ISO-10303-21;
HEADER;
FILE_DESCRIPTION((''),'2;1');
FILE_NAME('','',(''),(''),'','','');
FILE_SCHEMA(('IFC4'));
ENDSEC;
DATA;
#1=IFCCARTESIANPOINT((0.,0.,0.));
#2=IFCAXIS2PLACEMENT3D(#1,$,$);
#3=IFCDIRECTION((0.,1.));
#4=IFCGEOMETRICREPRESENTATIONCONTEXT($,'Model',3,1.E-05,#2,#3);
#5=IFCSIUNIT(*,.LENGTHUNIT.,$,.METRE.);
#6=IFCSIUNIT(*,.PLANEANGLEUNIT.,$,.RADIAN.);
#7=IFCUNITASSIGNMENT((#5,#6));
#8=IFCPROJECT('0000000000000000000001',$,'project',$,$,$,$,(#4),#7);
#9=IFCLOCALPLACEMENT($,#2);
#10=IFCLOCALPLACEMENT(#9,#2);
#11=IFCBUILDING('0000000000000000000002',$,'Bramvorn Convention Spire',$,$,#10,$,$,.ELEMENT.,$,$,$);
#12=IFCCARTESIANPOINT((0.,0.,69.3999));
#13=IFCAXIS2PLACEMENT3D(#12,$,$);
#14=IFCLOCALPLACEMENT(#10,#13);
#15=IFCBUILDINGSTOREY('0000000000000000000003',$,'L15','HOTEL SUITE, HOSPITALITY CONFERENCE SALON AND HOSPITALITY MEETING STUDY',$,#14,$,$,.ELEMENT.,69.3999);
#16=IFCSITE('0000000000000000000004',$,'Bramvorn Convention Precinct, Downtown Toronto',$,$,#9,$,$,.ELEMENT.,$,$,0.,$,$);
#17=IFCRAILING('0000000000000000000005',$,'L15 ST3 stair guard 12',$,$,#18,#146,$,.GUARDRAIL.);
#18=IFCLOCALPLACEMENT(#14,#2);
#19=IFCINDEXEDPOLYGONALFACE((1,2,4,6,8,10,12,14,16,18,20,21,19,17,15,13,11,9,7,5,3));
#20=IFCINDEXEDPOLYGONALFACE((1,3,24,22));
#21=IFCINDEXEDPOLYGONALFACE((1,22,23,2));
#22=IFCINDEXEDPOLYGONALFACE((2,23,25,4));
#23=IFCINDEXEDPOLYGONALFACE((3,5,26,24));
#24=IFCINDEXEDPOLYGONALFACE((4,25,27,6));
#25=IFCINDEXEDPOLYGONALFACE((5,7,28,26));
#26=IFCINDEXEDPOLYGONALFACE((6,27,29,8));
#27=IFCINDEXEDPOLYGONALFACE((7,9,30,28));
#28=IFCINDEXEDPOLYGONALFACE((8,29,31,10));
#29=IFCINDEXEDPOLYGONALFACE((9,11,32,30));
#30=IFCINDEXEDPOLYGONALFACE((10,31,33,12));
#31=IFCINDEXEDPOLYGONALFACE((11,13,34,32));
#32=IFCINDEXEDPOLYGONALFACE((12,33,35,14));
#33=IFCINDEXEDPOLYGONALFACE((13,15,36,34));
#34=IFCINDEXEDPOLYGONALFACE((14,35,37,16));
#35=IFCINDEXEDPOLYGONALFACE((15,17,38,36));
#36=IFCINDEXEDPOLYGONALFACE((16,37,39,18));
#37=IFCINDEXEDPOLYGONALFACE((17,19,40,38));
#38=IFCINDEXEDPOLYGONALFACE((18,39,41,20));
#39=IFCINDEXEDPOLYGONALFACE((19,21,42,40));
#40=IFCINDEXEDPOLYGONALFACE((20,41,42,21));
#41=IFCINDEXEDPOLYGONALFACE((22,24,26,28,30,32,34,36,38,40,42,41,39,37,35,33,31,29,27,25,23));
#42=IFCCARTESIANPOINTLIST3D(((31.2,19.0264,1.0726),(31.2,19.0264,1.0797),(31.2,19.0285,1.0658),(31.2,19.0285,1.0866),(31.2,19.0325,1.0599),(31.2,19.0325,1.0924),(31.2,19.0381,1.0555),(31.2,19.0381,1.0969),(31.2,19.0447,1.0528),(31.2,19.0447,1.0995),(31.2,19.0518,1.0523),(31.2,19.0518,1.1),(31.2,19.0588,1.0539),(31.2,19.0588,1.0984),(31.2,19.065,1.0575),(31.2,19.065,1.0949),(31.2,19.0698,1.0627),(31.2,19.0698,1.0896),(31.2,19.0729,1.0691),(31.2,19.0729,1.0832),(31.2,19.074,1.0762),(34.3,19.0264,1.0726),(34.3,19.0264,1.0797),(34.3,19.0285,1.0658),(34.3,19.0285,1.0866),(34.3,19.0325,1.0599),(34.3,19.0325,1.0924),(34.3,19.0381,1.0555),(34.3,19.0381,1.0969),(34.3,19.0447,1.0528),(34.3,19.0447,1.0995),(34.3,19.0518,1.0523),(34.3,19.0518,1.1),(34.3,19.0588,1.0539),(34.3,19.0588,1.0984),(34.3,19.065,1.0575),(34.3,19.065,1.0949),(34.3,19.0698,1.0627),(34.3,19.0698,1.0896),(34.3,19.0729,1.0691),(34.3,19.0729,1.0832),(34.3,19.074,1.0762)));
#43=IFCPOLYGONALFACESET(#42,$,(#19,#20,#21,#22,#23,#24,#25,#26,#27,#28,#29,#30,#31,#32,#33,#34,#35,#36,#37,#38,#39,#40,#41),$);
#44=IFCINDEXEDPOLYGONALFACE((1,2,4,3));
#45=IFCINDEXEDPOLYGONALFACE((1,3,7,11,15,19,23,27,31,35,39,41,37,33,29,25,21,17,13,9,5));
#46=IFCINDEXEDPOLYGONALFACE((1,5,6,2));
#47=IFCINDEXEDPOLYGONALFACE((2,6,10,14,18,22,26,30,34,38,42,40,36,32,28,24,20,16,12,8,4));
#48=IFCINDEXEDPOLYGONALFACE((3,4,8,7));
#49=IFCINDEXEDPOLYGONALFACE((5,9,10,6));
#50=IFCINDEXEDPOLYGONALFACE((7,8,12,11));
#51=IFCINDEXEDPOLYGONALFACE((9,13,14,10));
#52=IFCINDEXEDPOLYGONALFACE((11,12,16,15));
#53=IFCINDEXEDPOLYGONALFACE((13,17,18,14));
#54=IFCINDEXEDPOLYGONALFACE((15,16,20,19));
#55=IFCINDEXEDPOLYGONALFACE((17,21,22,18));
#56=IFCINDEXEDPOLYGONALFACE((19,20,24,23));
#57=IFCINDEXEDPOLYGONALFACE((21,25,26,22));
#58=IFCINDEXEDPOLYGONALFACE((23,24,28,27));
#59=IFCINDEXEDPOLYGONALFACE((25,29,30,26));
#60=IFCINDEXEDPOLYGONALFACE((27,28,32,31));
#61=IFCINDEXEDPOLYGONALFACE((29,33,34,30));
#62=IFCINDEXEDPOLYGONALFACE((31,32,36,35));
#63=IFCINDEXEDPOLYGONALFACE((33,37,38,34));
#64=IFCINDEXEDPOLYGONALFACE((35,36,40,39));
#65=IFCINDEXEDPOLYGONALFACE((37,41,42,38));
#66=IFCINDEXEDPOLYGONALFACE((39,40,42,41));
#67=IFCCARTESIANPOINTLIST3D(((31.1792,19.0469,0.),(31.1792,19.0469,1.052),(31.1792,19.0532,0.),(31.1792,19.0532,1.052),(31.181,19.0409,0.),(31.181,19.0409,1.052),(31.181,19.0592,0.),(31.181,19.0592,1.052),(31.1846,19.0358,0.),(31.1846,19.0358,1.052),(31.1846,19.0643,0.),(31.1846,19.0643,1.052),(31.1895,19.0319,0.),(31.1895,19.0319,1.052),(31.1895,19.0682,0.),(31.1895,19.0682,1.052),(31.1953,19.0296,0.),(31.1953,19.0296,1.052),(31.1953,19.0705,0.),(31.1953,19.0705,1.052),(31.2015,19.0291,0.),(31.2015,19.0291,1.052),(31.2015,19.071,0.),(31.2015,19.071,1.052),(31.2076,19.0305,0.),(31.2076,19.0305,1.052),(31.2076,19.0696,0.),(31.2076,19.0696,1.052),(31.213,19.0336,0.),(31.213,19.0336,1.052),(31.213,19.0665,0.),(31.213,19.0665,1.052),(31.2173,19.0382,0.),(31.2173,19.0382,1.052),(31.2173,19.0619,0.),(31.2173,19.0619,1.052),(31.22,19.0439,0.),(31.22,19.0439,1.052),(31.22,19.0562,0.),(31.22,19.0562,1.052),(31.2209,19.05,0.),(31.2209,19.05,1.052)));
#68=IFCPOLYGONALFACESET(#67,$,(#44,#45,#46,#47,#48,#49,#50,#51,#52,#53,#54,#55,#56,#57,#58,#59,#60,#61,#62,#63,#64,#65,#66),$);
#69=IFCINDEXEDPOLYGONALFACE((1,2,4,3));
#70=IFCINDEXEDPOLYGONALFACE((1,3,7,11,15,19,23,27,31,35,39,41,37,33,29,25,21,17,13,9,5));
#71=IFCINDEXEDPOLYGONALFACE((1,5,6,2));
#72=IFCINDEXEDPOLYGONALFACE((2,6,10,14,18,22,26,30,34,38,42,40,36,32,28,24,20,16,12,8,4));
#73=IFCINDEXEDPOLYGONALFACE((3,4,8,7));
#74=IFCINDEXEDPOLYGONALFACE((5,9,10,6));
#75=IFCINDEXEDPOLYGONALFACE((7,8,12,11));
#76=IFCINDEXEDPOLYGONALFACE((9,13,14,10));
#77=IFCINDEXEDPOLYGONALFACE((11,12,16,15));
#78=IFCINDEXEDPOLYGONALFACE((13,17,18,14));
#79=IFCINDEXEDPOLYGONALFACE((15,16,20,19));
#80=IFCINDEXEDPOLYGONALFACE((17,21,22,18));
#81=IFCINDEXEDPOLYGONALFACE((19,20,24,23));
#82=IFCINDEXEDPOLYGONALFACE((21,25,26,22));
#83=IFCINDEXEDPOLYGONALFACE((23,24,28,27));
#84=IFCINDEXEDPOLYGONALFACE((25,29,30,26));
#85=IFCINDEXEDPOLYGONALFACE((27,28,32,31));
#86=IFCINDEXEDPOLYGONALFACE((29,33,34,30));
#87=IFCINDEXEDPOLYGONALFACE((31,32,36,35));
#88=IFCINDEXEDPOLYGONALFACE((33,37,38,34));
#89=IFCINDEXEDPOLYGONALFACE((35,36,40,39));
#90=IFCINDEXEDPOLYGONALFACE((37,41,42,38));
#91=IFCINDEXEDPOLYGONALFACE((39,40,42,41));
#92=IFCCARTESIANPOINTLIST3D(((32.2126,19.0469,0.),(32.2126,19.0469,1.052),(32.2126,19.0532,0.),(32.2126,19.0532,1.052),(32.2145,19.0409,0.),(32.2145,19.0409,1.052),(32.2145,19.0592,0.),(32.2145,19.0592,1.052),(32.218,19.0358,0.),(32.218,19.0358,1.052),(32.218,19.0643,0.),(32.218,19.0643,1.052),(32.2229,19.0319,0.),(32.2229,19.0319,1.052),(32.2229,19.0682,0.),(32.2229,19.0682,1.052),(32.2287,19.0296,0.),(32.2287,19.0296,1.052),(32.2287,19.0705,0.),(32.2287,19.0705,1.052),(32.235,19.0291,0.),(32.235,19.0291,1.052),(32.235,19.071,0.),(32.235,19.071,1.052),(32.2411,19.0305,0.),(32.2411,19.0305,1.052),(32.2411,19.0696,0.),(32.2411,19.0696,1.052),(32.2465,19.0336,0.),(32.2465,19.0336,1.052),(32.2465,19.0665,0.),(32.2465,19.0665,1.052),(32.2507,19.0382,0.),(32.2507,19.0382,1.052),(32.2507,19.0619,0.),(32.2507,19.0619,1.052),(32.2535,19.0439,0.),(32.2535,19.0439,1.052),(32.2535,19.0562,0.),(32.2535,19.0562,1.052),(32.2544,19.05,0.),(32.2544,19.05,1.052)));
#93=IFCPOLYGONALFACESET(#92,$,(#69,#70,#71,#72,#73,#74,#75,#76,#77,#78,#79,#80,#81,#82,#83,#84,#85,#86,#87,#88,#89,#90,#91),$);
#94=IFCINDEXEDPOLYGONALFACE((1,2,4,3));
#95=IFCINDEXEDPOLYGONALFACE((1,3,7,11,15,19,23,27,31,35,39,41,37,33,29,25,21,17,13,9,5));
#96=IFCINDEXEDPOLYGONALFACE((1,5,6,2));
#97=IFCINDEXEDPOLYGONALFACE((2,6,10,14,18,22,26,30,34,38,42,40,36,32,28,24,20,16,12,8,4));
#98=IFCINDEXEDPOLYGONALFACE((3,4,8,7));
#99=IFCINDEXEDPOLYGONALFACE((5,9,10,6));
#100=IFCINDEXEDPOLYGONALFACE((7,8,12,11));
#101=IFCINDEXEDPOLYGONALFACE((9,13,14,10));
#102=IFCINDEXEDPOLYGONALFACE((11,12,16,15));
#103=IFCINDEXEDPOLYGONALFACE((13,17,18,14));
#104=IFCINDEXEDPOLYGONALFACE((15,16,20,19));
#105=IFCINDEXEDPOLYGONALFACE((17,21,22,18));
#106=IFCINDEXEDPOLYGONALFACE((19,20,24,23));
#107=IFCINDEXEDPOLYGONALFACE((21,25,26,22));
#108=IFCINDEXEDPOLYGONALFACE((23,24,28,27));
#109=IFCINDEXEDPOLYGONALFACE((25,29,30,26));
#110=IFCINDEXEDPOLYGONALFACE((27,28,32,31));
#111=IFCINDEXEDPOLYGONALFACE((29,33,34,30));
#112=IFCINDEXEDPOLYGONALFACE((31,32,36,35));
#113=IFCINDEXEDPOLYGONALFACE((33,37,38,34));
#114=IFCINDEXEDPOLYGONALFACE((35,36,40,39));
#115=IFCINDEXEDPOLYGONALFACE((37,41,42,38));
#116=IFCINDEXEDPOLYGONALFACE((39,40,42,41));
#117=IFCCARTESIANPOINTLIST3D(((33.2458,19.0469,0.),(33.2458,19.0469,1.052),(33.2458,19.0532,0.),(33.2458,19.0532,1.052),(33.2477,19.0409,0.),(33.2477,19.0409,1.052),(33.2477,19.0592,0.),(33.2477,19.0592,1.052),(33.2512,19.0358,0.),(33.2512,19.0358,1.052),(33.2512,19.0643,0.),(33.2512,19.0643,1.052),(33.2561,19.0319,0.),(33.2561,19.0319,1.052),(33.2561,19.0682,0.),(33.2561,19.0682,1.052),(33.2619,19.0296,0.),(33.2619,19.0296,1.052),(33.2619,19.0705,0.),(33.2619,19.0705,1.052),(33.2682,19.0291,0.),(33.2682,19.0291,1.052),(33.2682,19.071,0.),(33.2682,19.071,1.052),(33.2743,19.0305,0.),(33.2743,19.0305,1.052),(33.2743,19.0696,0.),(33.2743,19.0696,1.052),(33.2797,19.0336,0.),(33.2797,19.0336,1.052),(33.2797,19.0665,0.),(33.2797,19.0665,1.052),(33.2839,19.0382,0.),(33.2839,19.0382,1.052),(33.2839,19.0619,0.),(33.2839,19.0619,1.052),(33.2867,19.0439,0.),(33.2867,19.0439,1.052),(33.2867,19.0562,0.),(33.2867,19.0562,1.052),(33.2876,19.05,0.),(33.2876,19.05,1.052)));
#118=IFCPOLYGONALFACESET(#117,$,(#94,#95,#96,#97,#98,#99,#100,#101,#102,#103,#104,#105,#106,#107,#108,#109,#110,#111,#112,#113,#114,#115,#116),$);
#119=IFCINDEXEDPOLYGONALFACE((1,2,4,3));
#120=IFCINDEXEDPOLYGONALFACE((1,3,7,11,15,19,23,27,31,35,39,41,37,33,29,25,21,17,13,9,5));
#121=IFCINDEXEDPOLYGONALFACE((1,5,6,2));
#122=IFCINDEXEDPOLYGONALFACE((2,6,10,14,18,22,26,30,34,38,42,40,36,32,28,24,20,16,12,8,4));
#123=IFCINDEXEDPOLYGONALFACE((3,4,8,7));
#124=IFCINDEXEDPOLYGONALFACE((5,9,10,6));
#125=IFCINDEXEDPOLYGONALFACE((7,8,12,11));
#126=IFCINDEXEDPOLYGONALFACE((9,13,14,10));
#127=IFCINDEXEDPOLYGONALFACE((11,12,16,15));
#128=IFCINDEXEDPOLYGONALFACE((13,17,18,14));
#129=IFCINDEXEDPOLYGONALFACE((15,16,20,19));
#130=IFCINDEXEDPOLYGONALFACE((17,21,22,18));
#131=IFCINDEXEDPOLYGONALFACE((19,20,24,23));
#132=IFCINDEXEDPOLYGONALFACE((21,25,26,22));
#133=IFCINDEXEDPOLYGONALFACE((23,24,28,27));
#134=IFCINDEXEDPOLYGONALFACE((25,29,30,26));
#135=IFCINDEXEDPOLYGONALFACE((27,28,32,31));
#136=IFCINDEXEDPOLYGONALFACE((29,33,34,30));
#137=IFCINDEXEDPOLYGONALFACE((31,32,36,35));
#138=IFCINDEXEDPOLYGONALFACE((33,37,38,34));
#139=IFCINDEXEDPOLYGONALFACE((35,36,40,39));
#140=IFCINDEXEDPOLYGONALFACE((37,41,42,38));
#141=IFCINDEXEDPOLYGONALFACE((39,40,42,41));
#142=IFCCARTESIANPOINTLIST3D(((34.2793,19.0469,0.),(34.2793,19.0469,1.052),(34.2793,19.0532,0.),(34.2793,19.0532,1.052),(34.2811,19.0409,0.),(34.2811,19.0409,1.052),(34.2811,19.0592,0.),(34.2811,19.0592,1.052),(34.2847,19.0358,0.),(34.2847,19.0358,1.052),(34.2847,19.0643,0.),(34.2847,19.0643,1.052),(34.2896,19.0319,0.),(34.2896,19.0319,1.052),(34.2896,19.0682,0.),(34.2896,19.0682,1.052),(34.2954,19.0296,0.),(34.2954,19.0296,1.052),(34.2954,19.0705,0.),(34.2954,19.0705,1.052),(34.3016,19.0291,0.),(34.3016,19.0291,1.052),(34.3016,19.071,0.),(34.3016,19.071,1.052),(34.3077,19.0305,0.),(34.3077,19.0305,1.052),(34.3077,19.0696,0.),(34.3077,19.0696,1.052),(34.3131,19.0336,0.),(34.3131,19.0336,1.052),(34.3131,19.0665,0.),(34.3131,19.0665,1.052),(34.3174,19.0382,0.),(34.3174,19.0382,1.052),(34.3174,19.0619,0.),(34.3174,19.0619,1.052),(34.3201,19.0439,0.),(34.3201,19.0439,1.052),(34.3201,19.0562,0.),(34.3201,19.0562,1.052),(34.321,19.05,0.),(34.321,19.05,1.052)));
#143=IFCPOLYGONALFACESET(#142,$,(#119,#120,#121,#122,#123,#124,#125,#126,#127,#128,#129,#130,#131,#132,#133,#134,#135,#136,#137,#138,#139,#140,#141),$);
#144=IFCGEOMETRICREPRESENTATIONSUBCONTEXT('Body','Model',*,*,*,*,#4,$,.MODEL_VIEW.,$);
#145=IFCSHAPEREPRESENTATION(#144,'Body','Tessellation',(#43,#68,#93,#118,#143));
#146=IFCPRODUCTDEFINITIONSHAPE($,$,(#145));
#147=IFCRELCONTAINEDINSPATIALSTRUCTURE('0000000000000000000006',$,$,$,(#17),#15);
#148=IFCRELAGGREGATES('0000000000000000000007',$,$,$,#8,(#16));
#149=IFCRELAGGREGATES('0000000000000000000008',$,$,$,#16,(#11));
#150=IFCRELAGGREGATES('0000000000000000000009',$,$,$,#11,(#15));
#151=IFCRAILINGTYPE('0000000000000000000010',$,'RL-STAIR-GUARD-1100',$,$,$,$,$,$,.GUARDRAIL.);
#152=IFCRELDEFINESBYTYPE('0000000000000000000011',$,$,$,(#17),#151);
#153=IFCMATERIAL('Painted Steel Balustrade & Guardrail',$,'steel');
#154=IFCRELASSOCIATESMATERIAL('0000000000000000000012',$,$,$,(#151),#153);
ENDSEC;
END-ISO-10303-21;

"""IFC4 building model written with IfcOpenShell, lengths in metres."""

from ifc_helpers import new_model, si_unit, direction, frame, origin, origin_2d, place, context, subcontext, project, spatial, circle, extrude, material, type_object, element, save


model = new_model("IFC4")

# Units and contexts
model_context = context("Model", 3, precision=1e-05, world=origin(), true_north=direction((0.0, 1.0)))
body_context = subcontext(model_context, "Body", "Model", "MODEL_VIEW")
ifc_project = project(units=[si_unit("LENGTHUNIT", "METRE"), si_unit("PLANEANGLEUNIT", "RADIAN")], contexts=[model_context])

# Site, building, storey
site_placement = place(None, origin())
site = spatial("IfcSite", under=ifc_project, at=site_placement, Name="Bramvorn Convention Precinct, Downtown Toronto", CompositionType="ELEMENT", RefElevation=0.0)
building_placement = place(site_placement, origin())
building = spatial("IfcBuilding", under=site, at=building_placement, Name="Bramvorn Convention Spire", CompositionType="ELEMENT")
storey_placement = place(building_placement, frame((0.0, 0.0, 69.3999)))
storey = spatial("IfcBuildingStorey", under=building, at=storey_placement, Name="L15", Description="HOTEL SUITE, HOSPITALITY CONFERENCE SALON AND HOSPITALITY MEETING STUDY", CompositionType="ELEMENT", Elevation=69.3999)

# Railing
ifc_material_1 = material(Name="Painted Steel Balustrade & Guardrail", Category="steel")
railing_type_1 = type_object("IfcRailingType", Name="RL-STAIR-GUARD-1100", PredefinedType="GUARDRAIL", material=ifc_material_1)
railing_1_placement = place(storey_placement, frame((31.2, 19.05, 0.0)))
element("IfcRailing", 1, at=railing_1_placement, inside=storey, type_object=railing_type_1, Name="L15 ST3 stair guard 12", PredefinedType="GUARDRAIL", context=body_context, shape_type="SweptSolid", body=[
    extrude(circle(Radius=0.0239, at=origin_2d()), frame((0.0, 0.0, 1.0762), z_axis=(1.0, 0.0, 0.0), x_axis=(0.0, 1.0, 0.0)), (0.0, 0.0, 1.0), 3.1001),
    extrude(circle(Radius=0.021, at=origin_2d()), origin(), (0.0, 0.0, 1.0), 1.052),
    extrude(circle(Radius=0.021, at=origin_2d()), frame((1.0334, 0.0, 0.0)), (0.0, 0.0, 1.0), 1.052),
    extrude(circle(Radius=0.021, at=origin_2d()), frame((2.0667, 0.0, 0.0)), (0.0, 0.0, 1.0), 1.052),
    extrude(circle(Radius=0.021, at=origin_2d()), frame((3.1001, 0.0, 0.0)), (0.0, 0.0, 1.0), 1.052),
])

save(model, "model.ifc")
